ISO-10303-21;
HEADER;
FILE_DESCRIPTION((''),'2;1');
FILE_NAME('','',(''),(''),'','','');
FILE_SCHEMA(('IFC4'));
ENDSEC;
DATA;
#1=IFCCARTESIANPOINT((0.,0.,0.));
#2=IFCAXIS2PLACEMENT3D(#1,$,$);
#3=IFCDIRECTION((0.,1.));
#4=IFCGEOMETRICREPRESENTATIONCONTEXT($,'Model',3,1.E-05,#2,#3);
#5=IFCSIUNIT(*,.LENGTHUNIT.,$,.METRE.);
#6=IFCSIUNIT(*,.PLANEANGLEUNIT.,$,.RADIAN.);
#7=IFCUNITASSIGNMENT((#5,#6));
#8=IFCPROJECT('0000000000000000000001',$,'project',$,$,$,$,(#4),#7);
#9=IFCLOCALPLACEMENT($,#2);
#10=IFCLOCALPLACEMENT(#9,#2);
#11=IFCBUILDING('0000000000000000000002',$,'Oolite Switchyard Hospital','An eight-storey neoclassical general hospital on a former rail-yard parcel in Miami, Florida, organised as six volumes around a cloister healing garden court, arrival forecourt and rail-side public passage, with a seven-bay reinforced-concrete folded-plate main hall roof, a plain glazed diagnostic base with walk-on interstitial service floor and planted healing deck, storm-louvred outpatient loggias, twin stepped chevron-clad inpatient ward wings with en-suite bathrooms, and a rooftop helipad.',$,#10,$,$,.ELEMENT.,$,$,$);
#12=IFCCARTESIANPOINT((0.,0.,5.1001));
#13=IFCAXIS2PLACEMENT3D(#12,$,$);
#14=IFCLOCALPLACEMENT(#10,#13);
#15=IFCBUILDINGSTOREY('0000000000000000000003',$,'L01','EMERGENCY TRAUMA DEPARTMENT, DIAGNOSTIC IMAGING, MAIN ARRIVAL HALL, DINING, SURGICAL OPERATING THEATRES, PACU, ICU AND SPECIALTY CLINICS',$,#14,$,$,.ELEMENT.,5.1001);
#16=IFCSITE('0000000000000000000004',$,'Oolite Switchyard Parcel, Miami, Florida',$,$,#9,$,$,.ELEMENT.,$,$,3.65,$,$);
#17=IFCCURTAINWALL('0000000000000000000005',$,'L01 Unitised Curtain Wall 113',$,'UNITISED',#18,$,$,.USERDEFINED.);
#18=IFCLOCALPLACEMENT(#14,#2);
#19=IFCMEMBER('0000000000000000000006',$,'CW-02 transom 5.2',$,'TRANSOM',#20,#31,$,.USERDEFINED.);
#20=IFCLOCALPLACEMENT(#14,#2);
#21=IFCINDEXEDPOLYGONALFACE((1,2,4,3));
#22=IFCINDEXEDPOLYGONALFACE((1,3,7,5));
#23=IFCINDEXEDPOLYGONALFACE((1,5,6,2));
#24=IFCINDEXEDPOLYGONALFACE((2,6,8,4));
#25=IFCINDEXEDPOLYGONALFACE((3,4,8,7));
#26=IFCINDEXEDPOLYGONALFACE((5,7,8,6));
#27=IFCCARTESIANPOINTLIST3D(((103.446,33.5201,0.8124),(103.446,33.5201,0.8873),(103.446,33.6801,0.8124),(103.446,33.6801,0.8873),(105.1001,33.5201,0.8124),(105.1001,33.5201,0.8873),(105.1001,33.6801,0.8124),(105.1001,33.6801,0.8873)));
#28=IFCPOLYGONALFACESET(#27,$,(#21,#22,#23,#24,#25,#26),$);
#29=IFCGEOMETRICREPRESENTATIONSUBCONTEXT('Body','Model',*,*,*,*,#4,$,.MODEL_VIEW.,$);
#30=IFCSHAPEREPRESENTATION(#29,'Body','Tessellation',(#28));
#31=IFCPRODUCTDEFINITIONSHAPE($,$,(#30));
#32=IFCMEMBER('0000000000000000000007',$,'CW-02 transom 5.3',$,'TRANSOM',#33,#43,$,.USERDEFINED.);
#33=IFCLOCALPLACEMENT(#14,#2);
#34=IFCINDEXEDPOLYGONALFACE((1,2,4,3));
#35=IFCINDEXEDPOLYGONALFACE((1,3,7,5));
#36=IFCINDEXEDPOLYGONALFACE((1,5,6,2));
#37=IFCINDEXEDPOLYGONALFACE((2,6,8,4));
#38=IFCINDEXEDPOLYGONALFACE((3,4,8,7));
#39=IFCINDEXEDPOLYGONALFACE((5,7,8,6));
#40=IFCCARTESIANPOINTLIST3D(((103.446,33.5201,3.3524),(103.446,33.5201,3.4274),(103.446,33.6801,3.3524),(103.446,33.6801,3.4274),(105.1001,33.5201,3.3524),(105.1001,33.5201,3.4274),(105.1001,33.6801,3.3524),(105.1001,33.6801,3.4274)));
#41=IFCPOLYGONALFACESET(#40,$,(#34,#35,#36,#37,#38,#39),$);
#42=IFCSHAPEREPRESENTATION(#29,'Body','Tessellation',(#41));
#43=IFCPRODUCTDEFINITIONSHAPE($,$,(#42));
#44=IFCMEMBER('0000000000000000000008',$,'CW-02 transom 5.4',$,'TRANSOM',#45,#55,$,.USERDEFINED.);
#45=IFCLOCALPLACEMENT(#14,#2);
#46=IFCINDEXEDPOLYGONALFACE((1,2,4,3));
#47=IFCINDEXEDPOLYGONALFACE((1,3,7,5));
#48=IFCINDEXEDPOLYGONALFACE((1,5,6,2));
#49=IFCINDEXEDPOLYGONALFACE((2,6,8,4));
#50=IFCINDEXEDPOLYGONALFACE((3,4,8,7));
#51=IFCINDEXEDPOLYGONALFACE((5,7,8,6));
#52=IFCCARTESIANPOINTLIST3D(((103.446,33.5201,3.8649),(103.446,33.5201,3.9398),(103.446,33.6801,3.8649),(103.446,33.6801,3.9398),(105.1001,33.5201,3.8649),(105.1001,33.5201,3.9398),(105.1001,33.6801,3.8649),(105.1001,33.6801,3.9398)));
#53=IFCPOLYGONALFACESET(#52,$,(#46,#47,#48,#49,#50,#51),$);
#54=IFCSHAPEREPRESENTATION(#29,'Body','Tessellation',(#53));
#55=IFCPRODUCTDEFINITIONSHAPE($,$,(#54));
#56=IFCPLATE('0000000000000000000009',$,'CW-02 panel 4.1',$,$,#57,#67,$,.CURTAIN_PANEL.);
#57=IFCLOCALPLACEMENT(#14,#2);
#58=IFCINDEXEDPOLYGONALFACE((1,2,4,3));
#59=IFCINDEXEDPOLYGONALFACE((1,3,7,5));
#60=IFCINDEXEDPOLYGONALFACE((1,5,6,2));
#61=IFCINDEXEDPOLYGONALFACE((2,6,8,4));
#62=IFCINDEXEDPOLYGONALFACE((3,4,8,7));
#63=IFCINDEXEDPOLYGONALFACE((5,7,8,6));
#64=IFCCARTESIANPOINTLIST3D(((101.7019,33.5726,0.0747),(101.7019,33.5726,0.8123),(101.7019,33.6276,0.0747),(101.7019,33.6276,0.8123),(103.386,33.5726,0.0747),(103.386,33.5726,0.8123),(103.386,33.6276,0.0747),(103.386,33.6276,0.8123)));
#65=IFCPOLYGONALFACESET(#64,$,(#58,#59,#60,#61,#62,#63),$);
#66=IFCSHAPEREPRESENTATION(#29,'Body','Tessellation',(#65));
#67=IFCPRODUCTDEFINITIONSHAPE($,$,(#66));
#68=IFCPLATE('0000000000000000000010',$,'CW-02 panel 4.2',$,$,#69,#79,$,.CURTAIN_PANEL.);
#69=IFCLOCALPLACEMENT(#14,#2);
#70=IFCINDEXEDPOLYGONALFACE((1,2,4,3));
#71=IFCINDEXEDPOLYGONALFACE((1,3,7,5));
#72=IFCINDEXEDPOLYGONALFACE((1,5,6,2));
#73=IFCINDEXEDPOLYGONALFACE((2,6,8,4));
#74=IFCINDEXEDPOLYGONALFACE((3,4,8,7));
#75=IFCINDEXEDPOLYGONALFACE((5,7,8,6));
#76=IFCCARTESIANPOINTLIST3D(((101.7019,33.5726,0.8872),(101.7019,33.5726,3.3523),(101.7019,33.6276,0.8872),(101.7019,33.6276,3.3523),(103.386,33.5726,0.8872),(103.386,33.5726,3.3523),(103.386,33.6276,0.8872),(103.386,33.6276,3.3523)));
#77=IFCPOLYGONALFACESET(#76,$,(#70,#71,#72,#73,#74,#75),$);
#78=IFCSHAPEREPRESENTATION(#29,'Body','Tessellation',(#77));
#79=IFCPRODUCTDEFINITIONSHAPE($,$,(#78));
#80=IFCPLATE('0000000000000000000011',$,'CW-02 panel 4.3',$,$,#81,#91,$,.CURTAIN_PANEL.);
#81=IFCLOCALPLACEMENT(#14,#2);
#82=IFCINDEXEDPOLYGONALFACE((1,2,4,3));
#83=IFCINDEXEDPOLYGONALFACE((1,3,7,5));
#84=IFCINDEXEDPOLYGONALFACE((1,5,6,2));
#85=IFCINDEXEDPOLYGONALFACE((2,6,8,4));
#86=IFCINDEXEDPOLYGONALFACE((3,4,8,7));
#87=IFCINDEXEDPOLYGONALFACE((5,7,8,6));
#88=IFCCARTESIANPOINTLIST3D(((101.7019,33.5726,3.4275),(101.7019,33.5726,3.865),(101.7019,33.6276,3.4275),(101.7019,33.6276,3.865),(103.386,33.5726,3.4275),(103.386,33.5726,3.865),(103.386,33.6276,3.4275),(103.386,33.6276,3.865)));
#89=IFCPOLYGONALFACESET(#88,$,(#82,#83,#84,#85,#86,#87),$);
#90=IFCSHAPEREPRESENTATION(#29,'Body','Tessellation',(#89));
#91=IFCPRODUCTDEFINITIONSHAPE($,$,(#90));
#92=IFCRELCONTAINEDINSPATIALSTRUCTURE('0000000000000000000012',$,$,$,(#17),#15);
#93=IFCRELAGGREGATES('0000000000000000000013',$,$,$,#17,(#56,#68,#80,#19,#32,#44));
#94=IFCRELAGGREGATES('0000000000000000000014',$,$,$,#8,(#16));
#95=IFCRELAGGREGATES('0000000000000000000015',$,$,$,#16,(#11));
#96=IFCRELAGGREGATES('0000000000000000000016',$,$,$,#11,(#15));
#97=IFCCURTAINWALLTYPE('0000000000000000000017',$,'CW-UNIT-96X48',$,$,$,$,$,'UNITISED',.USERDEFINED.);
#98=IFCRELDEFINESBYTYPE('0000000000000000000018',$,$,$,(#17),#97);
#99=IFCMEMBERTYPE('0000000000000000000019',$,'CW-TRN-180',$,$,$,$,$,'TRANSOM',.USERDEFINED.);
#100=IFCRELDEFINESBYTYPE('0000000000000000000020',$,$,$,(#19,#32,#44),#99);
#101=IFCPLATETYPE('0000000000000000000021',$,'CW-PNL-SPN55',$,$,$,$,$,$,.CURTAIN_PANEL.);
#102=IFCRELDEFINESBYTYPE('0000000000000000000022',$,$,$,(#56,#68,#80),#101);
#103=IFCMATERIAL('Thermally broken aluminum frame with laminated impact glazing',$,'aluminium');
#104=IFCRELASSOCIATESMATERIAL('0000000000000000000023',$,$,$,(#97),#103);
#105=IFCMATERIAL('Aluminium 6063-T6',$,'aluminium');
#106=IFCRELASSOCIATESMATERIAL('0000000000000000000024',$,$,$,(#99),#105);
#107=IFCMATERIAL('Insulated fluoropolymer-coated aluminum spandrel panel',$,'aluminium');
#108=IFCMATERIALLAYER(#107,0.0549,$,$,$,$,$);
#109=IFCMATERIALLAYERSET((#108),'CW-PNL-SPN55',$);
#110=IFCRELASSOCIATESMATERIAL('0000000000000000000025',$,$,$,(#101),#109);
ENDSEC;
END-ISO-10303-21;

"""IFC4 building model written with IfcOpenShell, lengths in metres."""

from ifc_helpers import new_model, si_unit, direction, frame, origin, origin_2d, place, context, subcontext, project, spatial, rectangle, extrude, material, layer, layer_set, material_profile, profile_set, type_object, element, aggregate, save


model = new_model("IFC4")

# Units and contexts
model_context = context("Model", 3, precision=1e-05, world=origin(), true_north=direction((0.0, 1.0)))
body_context = subcontext(model_context, "Body", "Model", "MODEL_VIEW")
ifc_project = project(units=[si_unit("LENGTHUNIT", "METRE"), si_unit("PLANEANGLEUNIT", "RADIAN")], contexts=[model_context])

# Site, building, storey
site_placement = place(None, origin())
site = spatial("IfcSite", under=ifc_project, at=site_placement, Name="Oolite Switchyard Parcel, Miami, Florida", CompositionType="ELEMENT", RefElevation=3.65)
building_placement = place(site_placement, origin())
building = spatial("IfcBuilding", under=site, at=building_placement, Name="Oolite Switchyard Hospital", Description="An eight-storey neoclassical general hospital on a former rail-yard parcel in Miami, Florida, organised as six volumes around a cloister healing garden court, arrival forecourt and rail-side public passage, with a seven-bay reinforced-concrete folded-plate main hall roof, a plain glazed diagnostic base with walk-on interstitial service floor and planted healing deck, storm-louvred outpatient loggias, twin stepped chevron-clad inpatient ward wings with en-suite bathrooms, and a rooftop helipad.", CompositionType="ELEMENT")
storey_placement = place(building_placement, frame((0.0, 0.0, 5.1001)))
storey = spatial("IfcBuildingStorey", under=building, at=storey_placement, Name="L01", Description="EMERGENCY TRAUMA DEPARTMENT, DIAGNOSTIC IMAGING, MAIN ARRIVAL HALL, DINING, SURGICAL OPERATING THEATRES, PACU, ICU AND SPECIALTY CLINICS", CompositionType="ELEMENT", Elevation=5.1001)

# Curtain wall, members, plates
ifc_material_1 = material(Name="Thermally broken aluminum frame with laminated impact glazing", Category="aluminium")
curtain_wall_type = type_object("IfcCurtainWallType", Name="CW-UNIT-96X48", ElementType="UNITISED", PredefinedType="USERDEFINED", material=ifc_material_1)
curtain_wall_placement = place(storey_placement, origin())
curtain_wall = element("IfcCurtainWall", 1, at=curtain_wall_placement, inside=storey, type_object=curtain_wall_type, Name="L01 Unitised Curtain Wall 113", ObjectType="UNITISED", PredefinedType="USERDEFINED")
ifc_material_2 = material(Name="Aluminium 6063-T6", Category="aluminium")
ifc_material_profile_1 = material_profile(ifc_material_2, rectangle(XDim=0.1599, YDim=0.075, at=origin_2d()), Name="CWT75X160")
ifc_profile_set_1 = profile_set([ifc_material_profile_1], Name="Aluminium 6063-T6")
member_type_1 = type_object("IfcMemberType", Name="CW-TRN-180", ElementType="TRANSOM", PredefinedType="USERDEFINED", material=ifc_profile_set_1)
member_1_placement = place(storey_placement, frame((103.446, 33.6001, 0.8499), z_axis=(1.0, 0.0, 0.0), x_axis=(0.0, 1.0, 0.0)))
member_1 = element("IfcMember", 2, at=member_1_placement, type_object=member_type_1, Name="CW-02 transom 5.2", ObjectType="TRANSOM", PredefinedType="USERDEFINED", context=body_context, shape_type="SweptSolid", body=[
    extrude(rectangle(XDim=0.1599, YDim=0.075, at=origin_2d()), origin(), (0.0, 0.0, 1.0), 1.6541),
])
member_2_placement = place(storey_placement, frame((103.446, 33.6001, 3.3899), z_axis=(1.0, 0.0, 0.0), x_axis=(0.0, 1.0, 0.0)))
member_2 = element("IfcMember", 3, at=member_2_placement, type_object=member_type_1, Name="CW-02 transom 5.3", ObjectType="TRANSOM", PredefinedType="USERDEFINED", context=body_context, shape_type="SweptSolid", body=[
    extrude(rectangle(XDim=0.1599, YDim=0.075, at=origin_2d()), origin(), (0.0, 0.0, 1.0), 1.6541),
])
member_3_placement = place(storey_placement, frame((103.446, 33.6001, 3.9023), z_axis=(1.0, 0.0, 0.0), x_axis=(0.0, 1.0, 0.0)))
member_3 = element("IfcMember", 4, at=member_3_placement, type_object=member_type_1, Name="CW-02 transom 5.4", ObjectType="TRANSOM", PredefinedType="USERDEFINED", context=body_context, shape_type="SweptSolid", body=[
    extrude(rectangle(XDim=0.1599, YDim=0.075, at=origin_2d()), origin(), (0.0, 0.0, 1.0), 1.6541),
])
ifc_material_3 = material(Name="Insulated fluoropolymer-coated aluminum spandrel panel", Category="aluminium")
ifc_layer = layer(ifc_material_3, 0.0549)
ifc_layer_set = layer_set([ifc_layer], Name="CW-PNL-SPN55")
plate_type = type_object("IfcPlateType", Name="CW-PNL-SPN55", PredefinedType="CURTAIN_PANEL", material=ifc_layer_set)
plate_1_placement = place(storey_placement, frame((102.5439, 33.6001, 0.0747), z_axis=(0.0, 0.0, 1.0), x_axis=(1.0, 0.0, 0.0)))
plate_1 = element("IfcPlate", 5, at=plate_1_placement, type_object=plate_type, Name="CW-02 panel 4.1", PredefinedType="CURTAIN_PANEL", context=body_context, shape_type="SweptSolid", body=[
    extrude(rectangle(XDim=1.6841, YDim=0.0549, at=origin_2d()), origin(), (0.0, 0.0, 1.0), 0.7375),
])
plate_2_placement = place(storey_placement, frame((102.5439, 33.6001, 0.8872), z_axis=(0.0, 0.0, 1.0), x_axis=(1.0, 0.0, 0.0)))
plate_2 = element("IfcPlate", 6, at=plate_2_placement, type_object=plate_type, Name="CW-02 panel 4.2", PredefinedType="CURTAIN_PANEL", context=body_context, shape_type="SweptSolid", body=[
    extrude(rectangle(XDim=1.6841, YDim=0.0549, at=origin_2d()), origin(), (0.0, 0.0, 1.0), 2.4651),
])
plate_3_placement = place(storey_placement, frame((102.5439, 33.6001, 3.4275), z_axis=(0.0, 0.0, 1.0), x_axis=(1.0, 0.0, 0.0)))
plate_3 = element("IfcPlate", 7, at=plate_3_placement, type_object=plate_type, Name="CW-02 panel 4.3", PredefinedType="CURTAIN_PANEL", context=body_context, shape_type="SweptSolid", body=[
    extrude(rectangle(XDim=1.6841, YDim=0.0549, at=origin_2d()), origin(), (0.0, 0.0, 1.0), 0.4375),
])
aggregate(curtain_wall, [plate_1, plate_2, plate_3, member_1, member_2, member_3])

save(model, "model.ifc")
